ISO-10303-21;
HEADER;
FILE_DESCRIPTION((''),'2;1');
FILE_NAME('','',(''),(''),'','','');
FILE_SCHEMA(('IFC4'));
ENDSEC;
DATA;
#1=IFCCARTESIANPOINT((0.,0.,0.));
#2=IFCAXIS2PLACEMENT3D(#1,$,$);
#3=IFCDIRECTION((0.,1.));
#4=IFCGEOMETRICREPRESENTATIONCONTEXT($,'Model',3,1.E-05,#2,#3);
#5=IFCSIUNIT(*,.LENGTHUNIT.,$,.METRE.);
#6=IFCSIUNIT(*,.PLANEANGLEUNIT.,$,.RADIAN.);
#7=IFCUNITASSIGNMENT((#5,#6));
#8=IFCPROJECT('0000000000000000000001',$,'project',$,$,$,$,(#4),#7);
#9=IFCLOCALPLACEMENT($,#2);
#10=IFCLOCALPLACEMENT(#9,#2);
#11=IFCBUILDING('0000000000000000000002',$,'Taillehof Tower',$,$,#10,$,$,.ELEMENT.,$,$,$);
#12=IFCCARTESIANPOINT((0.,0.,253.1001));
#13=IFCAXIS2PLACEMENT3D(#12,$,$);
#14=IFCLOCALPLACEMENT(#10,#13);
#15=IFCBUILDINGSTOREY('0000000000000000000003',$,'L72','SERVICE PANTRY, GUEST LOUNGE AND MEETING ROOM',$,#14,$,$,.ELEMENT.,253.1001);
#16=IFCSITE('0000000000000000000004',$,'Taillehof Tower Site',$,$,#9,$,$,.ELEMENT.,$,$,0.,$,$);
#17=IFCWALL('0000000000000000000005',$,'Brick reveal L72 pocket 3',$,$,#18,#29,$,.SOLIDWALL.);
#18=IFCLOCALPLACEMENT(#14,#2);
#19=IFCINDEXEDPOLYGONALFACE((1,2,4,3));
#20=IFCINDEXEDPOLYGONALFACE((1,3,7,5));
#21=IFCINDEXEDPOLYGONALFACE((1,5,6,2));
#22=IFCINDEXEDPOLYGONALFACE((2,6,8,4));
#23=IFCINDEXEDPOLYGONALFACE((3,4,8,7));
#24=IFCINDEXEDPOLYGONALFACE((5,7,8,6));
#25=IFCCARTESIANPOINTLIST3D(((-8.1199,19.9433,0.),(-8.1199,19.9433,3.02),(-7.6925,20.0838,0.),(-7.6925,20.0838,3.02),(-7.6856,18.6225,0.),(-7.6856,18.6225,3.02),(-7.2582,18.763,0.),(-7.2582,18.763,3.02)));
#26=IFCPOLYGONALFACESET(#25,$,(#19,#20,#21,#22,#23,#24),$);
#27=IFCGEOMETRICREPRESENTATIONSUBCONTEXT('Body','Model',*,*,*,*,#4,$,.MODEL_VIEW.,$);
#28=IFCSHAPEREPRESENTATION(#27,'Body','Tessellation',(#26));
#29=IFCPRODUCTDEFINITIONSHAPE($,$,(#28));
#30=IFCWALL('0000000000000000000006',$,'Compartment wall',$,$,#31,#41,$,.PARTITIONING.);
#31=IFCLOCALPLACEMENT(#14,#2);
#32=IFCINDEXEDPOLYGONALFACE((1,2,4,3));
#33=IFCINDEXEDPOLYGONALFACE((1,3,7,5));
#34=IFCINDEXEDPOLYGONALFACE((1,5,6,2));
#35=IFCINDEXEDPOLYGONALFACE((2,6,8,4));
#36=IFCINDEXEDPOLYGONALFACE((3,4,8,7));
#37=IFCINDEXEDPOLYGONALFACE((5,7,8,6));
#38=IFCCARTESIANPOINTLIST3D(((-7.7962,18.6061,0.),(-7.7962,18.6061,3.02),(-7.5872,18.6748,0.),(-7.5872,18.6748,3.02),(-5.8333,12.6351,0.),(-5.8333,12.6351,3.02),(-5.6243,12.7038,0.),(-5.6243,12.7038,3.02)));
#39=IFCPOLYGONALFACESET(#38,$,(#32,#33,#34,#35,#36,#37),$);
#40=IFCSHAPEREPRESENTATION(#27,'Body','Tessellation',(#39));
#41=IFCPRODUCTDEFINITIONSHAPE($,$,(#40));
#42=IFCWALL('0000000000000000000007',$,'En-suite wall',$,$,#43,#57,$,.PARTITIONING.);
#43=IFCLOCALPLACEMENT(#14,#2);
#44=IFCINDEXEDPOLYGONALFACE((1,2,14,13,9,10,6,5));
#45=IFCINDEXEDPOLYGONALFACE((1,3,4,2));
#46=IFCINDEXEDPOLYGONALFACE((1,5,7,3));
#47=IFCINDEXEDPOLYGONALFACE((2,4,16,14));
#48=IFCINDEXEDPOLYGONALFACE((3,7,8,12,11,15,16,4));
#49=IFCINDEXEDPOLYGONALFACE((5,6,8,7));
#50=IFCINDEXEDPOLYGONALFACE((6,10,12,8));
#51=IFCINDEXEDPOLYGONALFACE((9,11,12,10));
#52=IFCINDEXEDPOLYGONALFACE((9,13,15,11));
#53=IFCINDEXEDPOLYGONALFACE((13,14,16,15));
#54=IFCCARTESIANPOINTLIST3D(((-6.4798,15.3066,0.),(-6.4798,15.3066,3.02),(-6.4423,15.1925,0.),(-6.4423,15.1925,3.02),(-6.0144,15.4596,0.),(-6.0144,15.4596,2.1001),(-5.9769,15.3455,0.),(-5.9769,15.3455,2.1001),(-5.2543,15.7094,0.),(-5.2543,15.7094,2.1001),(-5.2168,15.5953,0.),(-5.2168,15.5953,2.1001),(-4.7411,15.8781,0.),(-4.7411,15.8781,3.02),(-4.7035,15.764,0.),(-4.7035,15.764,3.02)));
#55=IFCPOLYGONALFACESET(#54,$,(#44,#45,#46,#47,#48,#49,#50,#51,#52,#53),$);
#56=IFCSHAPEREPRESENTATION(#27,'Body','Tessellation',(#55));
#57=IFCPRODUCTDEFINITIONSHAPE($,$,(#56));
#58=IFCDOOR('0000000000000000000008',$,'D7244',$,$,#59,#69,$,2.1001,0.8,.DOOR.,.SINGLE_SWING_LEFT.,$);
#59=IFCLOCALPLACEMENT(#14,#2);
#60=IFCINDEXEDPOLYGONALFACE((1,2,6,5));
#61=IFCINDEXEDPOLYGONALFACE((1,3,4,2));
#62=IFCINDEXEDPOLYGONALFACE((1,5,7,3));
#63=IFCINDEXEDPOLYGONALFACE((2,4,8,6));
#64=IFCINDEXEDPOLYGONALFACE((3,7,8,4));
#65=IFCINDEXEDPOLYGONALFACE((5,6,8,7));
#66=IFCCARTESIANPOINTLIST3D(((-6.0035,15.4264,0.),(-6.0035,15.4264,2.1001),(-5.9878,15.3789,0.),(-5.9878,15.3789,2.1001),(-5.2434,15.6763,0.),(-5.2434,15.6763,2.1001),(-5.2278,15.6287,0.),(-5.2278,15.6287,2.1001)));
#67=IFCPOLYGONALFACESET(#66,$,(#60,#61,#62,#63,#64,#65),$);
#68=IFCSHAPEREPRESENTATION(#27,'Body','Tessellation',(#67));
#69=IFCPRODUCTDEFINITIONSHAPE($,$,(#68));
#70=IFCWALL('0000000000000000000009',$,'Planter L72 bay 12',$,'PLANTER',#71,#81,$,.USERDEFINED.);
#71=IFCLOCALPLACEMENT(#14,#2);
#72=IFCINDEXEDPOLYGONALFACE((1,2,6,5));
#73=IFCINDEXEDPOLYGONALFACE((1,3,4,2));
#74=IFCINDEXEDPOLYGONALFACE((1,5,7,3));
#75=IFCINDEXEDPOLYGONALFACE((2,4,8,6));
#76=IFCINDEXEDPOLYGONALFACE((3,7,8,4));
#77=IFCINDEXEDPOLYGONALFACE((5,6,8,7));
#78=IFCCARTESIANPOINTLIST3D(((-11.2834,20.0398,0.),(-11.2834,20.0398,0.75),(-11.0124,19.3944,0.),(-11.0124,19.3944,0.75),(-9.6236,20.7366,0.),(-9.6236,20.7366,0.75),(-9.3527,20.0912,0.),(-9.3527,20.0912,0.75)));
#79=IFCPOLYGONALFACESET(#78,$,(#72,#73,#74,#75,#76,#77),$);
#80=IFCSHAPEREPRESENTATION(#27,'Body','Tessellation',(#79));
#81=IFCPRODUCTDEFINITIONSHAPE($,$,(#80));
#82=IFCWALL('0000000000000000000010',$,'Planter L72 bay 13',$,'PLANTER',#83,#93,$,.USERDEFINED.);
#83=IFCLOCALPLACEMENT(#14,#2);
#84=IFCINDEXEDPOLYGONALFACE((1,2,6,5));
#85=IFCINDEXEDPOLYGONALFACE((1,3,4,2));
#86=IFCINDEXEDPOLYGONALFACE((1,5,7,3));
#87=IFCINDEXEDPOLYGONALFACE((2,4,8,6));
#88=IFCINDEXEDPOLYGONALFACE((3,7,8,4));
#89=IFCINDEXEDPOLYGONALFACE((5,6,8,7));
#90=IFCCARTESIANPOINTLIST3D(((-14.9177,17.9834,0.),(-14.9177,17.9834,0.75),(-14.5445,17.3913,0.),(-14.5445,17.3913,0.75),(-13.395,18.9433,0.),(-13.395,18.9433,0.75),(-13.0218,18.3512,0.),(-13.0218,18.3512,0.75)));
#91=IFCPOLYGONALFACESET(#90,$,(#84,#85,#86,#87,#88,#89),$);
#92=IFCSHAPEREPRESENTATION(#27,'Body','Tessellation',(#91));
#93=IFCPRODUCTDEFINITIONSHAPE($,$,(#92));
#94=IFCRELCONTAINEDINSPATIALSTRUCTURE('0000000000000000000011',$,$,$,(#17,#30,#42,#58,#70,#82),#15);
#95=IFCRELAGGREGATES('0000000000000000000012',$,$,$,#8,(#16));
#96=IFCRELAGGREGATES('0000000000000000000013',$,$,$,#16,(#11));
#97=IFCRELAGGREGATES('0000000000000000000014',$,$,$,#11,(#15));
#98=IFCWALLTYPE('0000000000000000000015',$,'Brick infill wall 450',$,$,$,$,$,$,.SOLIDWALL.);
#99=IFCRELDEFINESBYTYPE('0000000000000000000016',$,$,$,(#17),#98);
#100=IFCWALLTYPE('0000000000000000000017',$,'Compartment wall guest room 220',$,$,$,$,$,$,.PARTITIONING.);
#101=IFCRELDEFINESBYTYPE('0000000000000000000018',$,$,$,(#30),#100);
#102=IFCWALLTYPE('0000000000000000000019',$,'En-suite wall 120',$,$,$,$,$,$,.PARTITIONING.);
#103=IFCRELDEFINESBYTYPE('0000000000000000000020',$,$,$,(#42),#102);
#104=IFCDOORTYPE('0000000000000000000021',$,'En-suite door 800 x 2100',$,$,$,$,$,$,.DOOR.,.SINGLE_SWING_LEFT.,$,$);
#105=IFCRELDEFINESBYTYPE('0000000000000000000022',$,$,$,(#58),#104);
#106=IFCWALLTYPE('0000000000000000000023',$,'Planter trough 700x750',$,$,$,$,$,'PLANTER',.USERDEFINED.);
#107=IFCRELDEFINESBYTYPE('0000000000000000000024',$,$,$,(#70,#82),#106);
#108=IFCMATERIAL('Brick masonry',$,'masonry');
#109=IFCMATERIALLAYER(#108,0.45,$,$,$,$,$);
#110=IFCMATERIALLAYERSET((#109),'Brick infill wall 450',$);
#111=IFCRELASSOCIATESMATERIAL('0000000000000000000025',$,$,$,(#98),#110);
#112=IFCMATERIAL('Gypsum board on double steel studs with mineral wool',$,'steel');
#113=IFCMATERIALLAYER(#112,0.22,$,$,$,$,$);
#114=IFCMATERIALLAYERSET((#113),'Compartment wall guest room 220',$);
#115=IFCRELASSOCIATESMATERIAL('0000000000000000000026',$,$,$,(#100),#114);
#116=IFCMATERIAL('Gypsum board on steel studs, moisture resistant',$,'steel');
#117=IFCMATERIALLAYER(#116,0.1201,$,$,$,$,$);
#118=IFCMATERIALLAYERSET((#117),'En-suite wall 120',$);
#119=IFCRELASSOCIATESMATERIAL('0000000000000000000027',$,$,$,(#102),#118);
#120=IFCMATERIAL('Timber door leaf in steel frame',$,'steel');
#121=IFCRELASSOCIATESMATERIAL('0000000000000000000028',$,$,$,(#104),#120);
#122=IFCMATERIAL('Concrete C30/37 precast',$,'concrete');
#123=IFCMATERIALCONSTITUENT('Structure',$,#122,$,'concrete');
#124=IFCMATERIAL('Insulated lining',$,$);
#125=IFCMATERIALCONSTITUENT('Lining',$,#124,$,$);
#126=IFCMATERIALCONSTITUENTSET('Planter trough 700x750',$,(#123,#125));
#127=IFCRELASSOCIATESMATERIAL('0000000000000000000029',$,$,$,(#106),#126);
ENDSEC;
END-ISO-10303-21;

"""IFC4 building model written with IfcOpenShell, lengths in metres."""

from ifc_helpers import new_model, si_unit, direction, frame, frame_2d, origin, place, context, subcontext, project, spatial, rectangle, extrude, material, layer, layer_set, constituent, constituent_set, type_object, element, fill, save


model = new_model("IFC4")

# Units and contexts
model_context = context("Model", 3, precision=1e-05, world=origin(), true_north=direction((0.0, 1.0)))
body_context = subcontext(model_context, "Body", "Model", "MODEL_VIEW")
ifc_project = project(units=[si_unit("LENGTHUNIT", "METRE"), si_unit("PLANEANGLEUNIT", "RADIAN")], contexts=[model_context])

# Site, building, storey
site_placement = place(None, origin())
site = spatial("IfcSite", under=ifc_project, at=site_placement, Name="Taillehof Tower Site", CompositionType="ELEMENT", RefElevation=0.0)
building_placement = place(site_placement, origin())
building = spatial("IfcBuilding", under=site, at=building_placement, Name="Taillehof Tower", CompositionType="ELEMENT")
storey_placement = place(building_placement, frame((0.0, 0.0, 253.1001)))
storey = spatial("IfcBuildingStorey", under=building, at=storey_placement, Name="L72", Description="SERVICE PANTRY, GUEST LOUNGE AND MEETING ROOM", CompositionType="ELEMENT", Elevation=253.1001)

# Shared definitions
ifc_material_1 = material(Name="Brick masonry", Category="masonry")
ifc_layer_1 = layer(ifc_material_1, 0.45)
ifc_layer_set_1 = layer_set([ifc_layer_1], Name="Brick infill wall 450")
wall_type_1 = type_object("IfcWallType", Name="Brick infill wall 450", PredefinedType="SOLIDWALL", material=ifc_layer_set_1)

# Wall
wall_1_placement = place(storey_placement, frame((-7.9062, 20.0137, 0.0), z_axis=(0.0, 0.0, 1.0), x_axis=(0.31238, -0.949957, 0.0)))
element("IfcWall", 1, at=wall_1_placement, inside=storey, type_object=wall_type_1, Name="Brick reveal L72 pocket 3", PredefinedType="SOLIDWALL", context=body_context, shape_type="SweptSolid", body=[
    extrude(rectangle(XDim=1.3904, YDim=0.45, at=frame_2d((0.6953, 0.0))), origin(), (0.0, 0.0, 1.0), 3.02),
])

# Wall
ifc_material_2 = material(Name="Gypsum board on double steel studs with mineral wool", Category="steel")
ifc_layer_2 = layer(ifc_material_2, 0.22)
ifc_layer_set_2 = layer_set([ifc_layer_2], Name="Compartment wall guest room 220")
wall_type_2 = type_object("IfcWallType", Name="Compartment wall guest room 220", PredefinedType="PARTITIONING", material=ifc_layer_set_2)
wall_2_placement = place(storey_placement, frame((-7.6917, 18.6404, 0.0), z_axis=(0.0, 0.0, 1.0), x_axis=(0.312298, -0.949984, 0.0)))
element("IfcWall", 2, at=wall_2_placement, inside=storey, type_object=wall_type_2, Name="Compartment wall", PredefinedType="PARTITIONING", context=body_context, shape_type="SweptSolid", body=[
    extrude(rectangle(XDim=6.2854, YDim=0.22, at=frame_2d((3.1426, 0.0))), origin(), (0.0, 0.0, 1.0), 3.02),
])

# Wall, opening, door
ifc_material_3 = material(Name="Gypsum board on steel studs, moisture resistant", Category="steel")
ifc_layer_3 = layer(ifc_material_3, 0.1201)
ifc_layer_set_3 = layer_set([ifc_layer_3], Name="En-suite wall 120")
wall_type_3 = type_object("IfcWallType", Name="En-suite wall 120", PredefinedType="PARTITIONING", material=ifc_layer_set_3)
wall_3_placement = place(storey_placement, frame((-4.7224, 15.821, 0.0), z_axis=(0.0, 0.0, 1.0), x_axis=(-0.949996, -0.312263, 0.0)))
wall_3 = element("IfcWall", 3, at=wall_3_placement, inside=storey, type_object=wall_type_3, Name="En-suite wall", PredefinedType="PARTITIONING", context=body_context, shape_type="SweptSolid", body=[
    extrude(rectangle(XDim=1.8303, YDim=0.1201, at=frame_2d((0.915, 0.0))), origin(), (0.0, 0.0, 1.0), 3.02),
])
opening_1_placement = place(wall_3_placement, frame((0.5403, 0.0, 0.0)))
opening_1 = element("IfcOpeningElement", 4, at=opening_1_placement, cuts=wall_3, PredefinedType="OPENING", context=body_context, shape_type="SweptSolid", body=[
    extrude(rectangle(XDim=0.8, YDim=2.1001, at=frame_2d((0.3999, 1.05))), frame((0.0, 0.0701, 0.0), z_axis=(0.0, -1.0, 0.0), x_axis=(1.0, 0.0, 0.0)), (0.0, 0.0, 1.0), 0.1401),
])
ifc_material_4 = material(Name="Timber door leaf in steel frame", Category="steel")
door_type_1 = type_object("IfcDoorType", Name="En-suite door 800 x 2100", OperationType="SINGLE_SWING_LEFT", PredefinedType="DOOR", material=ifc_material_4)
door_1_placement = place(opening_1_placement, origin())
door_1 = element("IfcDoor", 5, at=door_1_placement, inside=storey, type_object=door_type_1, Name="D7244", OperationType="SINGLE_SWING_LEFT", OverallHeight=2.1001, OverallWidth=0.8, PredefinedType="DOOR", context=body_context, shape_type="SweptSolid", body=[
    extrude(rectangle(XDim=0.8, YDim=2.1001, at=frame_2d((0.3999, 1.05))), frame((0.0, 0.0249, 0.0), z_axis=(0.0, -1.0, 0.0), x_axis=(1.0, 0.0, 0.0)), (0.0, 0.0, 1.0), 0.05),
])
fill(opening_1, door_1)

# Walls
ifc_material_5 = material(Name="Concrete C30/37 precast", Category="concrete")
ifc_constituent_1 = constituent(ifc_material_5, Name="Structure", Category="concrete")
ifc_material_6 = material(Name="Insulated lining")
ifc_constituent_2 = constituent(ifc_material_6, Name="Lining")
ifc_constituent_set = constituent_set(constituents=[ifc_constituent_1, ifc_constituent_2], Name="Planter trough 700x750")
wall_type_4 = type_object("IfcWallType", Name="Planter trough 700x750", ElementType="PLANTER", PredefinedType="USERDEFINED", material=ifc_constituent_set)
for number, where, z_axis, x_axis, name in (
    (6, (-9.4883, 20.4138, 0.0), (0.0, 0.0, 1.0), (-0.922038, -0.387099, 0.0), "Planter L72 bay 12"),
    (7, (-13.2085, 18.6472, 0.0), (0.0, 0.0, 1.0), (-0.845927, -0.533299, 0.0), "Planter L72 bay 13"),
):
    element("IfcWall", number, at=place(storey_placement, frame(where, z_axis=z_axis, x_axis=x_axis)), inside=storey, type_object=wall_type_4, Name=name, ObjectType="PLANTER", PredefinedType="USERDEFINED", context=body_context, shape_type="SweptSolid", body=[
        extrude(rectangle(XDim=1.8, YDim=0.7, at=frame_2d((0.8999, 0.0))), origin(), (0.0, 0.0, 1.0), 0.75),
    ])

save(model, "model.ifc")
